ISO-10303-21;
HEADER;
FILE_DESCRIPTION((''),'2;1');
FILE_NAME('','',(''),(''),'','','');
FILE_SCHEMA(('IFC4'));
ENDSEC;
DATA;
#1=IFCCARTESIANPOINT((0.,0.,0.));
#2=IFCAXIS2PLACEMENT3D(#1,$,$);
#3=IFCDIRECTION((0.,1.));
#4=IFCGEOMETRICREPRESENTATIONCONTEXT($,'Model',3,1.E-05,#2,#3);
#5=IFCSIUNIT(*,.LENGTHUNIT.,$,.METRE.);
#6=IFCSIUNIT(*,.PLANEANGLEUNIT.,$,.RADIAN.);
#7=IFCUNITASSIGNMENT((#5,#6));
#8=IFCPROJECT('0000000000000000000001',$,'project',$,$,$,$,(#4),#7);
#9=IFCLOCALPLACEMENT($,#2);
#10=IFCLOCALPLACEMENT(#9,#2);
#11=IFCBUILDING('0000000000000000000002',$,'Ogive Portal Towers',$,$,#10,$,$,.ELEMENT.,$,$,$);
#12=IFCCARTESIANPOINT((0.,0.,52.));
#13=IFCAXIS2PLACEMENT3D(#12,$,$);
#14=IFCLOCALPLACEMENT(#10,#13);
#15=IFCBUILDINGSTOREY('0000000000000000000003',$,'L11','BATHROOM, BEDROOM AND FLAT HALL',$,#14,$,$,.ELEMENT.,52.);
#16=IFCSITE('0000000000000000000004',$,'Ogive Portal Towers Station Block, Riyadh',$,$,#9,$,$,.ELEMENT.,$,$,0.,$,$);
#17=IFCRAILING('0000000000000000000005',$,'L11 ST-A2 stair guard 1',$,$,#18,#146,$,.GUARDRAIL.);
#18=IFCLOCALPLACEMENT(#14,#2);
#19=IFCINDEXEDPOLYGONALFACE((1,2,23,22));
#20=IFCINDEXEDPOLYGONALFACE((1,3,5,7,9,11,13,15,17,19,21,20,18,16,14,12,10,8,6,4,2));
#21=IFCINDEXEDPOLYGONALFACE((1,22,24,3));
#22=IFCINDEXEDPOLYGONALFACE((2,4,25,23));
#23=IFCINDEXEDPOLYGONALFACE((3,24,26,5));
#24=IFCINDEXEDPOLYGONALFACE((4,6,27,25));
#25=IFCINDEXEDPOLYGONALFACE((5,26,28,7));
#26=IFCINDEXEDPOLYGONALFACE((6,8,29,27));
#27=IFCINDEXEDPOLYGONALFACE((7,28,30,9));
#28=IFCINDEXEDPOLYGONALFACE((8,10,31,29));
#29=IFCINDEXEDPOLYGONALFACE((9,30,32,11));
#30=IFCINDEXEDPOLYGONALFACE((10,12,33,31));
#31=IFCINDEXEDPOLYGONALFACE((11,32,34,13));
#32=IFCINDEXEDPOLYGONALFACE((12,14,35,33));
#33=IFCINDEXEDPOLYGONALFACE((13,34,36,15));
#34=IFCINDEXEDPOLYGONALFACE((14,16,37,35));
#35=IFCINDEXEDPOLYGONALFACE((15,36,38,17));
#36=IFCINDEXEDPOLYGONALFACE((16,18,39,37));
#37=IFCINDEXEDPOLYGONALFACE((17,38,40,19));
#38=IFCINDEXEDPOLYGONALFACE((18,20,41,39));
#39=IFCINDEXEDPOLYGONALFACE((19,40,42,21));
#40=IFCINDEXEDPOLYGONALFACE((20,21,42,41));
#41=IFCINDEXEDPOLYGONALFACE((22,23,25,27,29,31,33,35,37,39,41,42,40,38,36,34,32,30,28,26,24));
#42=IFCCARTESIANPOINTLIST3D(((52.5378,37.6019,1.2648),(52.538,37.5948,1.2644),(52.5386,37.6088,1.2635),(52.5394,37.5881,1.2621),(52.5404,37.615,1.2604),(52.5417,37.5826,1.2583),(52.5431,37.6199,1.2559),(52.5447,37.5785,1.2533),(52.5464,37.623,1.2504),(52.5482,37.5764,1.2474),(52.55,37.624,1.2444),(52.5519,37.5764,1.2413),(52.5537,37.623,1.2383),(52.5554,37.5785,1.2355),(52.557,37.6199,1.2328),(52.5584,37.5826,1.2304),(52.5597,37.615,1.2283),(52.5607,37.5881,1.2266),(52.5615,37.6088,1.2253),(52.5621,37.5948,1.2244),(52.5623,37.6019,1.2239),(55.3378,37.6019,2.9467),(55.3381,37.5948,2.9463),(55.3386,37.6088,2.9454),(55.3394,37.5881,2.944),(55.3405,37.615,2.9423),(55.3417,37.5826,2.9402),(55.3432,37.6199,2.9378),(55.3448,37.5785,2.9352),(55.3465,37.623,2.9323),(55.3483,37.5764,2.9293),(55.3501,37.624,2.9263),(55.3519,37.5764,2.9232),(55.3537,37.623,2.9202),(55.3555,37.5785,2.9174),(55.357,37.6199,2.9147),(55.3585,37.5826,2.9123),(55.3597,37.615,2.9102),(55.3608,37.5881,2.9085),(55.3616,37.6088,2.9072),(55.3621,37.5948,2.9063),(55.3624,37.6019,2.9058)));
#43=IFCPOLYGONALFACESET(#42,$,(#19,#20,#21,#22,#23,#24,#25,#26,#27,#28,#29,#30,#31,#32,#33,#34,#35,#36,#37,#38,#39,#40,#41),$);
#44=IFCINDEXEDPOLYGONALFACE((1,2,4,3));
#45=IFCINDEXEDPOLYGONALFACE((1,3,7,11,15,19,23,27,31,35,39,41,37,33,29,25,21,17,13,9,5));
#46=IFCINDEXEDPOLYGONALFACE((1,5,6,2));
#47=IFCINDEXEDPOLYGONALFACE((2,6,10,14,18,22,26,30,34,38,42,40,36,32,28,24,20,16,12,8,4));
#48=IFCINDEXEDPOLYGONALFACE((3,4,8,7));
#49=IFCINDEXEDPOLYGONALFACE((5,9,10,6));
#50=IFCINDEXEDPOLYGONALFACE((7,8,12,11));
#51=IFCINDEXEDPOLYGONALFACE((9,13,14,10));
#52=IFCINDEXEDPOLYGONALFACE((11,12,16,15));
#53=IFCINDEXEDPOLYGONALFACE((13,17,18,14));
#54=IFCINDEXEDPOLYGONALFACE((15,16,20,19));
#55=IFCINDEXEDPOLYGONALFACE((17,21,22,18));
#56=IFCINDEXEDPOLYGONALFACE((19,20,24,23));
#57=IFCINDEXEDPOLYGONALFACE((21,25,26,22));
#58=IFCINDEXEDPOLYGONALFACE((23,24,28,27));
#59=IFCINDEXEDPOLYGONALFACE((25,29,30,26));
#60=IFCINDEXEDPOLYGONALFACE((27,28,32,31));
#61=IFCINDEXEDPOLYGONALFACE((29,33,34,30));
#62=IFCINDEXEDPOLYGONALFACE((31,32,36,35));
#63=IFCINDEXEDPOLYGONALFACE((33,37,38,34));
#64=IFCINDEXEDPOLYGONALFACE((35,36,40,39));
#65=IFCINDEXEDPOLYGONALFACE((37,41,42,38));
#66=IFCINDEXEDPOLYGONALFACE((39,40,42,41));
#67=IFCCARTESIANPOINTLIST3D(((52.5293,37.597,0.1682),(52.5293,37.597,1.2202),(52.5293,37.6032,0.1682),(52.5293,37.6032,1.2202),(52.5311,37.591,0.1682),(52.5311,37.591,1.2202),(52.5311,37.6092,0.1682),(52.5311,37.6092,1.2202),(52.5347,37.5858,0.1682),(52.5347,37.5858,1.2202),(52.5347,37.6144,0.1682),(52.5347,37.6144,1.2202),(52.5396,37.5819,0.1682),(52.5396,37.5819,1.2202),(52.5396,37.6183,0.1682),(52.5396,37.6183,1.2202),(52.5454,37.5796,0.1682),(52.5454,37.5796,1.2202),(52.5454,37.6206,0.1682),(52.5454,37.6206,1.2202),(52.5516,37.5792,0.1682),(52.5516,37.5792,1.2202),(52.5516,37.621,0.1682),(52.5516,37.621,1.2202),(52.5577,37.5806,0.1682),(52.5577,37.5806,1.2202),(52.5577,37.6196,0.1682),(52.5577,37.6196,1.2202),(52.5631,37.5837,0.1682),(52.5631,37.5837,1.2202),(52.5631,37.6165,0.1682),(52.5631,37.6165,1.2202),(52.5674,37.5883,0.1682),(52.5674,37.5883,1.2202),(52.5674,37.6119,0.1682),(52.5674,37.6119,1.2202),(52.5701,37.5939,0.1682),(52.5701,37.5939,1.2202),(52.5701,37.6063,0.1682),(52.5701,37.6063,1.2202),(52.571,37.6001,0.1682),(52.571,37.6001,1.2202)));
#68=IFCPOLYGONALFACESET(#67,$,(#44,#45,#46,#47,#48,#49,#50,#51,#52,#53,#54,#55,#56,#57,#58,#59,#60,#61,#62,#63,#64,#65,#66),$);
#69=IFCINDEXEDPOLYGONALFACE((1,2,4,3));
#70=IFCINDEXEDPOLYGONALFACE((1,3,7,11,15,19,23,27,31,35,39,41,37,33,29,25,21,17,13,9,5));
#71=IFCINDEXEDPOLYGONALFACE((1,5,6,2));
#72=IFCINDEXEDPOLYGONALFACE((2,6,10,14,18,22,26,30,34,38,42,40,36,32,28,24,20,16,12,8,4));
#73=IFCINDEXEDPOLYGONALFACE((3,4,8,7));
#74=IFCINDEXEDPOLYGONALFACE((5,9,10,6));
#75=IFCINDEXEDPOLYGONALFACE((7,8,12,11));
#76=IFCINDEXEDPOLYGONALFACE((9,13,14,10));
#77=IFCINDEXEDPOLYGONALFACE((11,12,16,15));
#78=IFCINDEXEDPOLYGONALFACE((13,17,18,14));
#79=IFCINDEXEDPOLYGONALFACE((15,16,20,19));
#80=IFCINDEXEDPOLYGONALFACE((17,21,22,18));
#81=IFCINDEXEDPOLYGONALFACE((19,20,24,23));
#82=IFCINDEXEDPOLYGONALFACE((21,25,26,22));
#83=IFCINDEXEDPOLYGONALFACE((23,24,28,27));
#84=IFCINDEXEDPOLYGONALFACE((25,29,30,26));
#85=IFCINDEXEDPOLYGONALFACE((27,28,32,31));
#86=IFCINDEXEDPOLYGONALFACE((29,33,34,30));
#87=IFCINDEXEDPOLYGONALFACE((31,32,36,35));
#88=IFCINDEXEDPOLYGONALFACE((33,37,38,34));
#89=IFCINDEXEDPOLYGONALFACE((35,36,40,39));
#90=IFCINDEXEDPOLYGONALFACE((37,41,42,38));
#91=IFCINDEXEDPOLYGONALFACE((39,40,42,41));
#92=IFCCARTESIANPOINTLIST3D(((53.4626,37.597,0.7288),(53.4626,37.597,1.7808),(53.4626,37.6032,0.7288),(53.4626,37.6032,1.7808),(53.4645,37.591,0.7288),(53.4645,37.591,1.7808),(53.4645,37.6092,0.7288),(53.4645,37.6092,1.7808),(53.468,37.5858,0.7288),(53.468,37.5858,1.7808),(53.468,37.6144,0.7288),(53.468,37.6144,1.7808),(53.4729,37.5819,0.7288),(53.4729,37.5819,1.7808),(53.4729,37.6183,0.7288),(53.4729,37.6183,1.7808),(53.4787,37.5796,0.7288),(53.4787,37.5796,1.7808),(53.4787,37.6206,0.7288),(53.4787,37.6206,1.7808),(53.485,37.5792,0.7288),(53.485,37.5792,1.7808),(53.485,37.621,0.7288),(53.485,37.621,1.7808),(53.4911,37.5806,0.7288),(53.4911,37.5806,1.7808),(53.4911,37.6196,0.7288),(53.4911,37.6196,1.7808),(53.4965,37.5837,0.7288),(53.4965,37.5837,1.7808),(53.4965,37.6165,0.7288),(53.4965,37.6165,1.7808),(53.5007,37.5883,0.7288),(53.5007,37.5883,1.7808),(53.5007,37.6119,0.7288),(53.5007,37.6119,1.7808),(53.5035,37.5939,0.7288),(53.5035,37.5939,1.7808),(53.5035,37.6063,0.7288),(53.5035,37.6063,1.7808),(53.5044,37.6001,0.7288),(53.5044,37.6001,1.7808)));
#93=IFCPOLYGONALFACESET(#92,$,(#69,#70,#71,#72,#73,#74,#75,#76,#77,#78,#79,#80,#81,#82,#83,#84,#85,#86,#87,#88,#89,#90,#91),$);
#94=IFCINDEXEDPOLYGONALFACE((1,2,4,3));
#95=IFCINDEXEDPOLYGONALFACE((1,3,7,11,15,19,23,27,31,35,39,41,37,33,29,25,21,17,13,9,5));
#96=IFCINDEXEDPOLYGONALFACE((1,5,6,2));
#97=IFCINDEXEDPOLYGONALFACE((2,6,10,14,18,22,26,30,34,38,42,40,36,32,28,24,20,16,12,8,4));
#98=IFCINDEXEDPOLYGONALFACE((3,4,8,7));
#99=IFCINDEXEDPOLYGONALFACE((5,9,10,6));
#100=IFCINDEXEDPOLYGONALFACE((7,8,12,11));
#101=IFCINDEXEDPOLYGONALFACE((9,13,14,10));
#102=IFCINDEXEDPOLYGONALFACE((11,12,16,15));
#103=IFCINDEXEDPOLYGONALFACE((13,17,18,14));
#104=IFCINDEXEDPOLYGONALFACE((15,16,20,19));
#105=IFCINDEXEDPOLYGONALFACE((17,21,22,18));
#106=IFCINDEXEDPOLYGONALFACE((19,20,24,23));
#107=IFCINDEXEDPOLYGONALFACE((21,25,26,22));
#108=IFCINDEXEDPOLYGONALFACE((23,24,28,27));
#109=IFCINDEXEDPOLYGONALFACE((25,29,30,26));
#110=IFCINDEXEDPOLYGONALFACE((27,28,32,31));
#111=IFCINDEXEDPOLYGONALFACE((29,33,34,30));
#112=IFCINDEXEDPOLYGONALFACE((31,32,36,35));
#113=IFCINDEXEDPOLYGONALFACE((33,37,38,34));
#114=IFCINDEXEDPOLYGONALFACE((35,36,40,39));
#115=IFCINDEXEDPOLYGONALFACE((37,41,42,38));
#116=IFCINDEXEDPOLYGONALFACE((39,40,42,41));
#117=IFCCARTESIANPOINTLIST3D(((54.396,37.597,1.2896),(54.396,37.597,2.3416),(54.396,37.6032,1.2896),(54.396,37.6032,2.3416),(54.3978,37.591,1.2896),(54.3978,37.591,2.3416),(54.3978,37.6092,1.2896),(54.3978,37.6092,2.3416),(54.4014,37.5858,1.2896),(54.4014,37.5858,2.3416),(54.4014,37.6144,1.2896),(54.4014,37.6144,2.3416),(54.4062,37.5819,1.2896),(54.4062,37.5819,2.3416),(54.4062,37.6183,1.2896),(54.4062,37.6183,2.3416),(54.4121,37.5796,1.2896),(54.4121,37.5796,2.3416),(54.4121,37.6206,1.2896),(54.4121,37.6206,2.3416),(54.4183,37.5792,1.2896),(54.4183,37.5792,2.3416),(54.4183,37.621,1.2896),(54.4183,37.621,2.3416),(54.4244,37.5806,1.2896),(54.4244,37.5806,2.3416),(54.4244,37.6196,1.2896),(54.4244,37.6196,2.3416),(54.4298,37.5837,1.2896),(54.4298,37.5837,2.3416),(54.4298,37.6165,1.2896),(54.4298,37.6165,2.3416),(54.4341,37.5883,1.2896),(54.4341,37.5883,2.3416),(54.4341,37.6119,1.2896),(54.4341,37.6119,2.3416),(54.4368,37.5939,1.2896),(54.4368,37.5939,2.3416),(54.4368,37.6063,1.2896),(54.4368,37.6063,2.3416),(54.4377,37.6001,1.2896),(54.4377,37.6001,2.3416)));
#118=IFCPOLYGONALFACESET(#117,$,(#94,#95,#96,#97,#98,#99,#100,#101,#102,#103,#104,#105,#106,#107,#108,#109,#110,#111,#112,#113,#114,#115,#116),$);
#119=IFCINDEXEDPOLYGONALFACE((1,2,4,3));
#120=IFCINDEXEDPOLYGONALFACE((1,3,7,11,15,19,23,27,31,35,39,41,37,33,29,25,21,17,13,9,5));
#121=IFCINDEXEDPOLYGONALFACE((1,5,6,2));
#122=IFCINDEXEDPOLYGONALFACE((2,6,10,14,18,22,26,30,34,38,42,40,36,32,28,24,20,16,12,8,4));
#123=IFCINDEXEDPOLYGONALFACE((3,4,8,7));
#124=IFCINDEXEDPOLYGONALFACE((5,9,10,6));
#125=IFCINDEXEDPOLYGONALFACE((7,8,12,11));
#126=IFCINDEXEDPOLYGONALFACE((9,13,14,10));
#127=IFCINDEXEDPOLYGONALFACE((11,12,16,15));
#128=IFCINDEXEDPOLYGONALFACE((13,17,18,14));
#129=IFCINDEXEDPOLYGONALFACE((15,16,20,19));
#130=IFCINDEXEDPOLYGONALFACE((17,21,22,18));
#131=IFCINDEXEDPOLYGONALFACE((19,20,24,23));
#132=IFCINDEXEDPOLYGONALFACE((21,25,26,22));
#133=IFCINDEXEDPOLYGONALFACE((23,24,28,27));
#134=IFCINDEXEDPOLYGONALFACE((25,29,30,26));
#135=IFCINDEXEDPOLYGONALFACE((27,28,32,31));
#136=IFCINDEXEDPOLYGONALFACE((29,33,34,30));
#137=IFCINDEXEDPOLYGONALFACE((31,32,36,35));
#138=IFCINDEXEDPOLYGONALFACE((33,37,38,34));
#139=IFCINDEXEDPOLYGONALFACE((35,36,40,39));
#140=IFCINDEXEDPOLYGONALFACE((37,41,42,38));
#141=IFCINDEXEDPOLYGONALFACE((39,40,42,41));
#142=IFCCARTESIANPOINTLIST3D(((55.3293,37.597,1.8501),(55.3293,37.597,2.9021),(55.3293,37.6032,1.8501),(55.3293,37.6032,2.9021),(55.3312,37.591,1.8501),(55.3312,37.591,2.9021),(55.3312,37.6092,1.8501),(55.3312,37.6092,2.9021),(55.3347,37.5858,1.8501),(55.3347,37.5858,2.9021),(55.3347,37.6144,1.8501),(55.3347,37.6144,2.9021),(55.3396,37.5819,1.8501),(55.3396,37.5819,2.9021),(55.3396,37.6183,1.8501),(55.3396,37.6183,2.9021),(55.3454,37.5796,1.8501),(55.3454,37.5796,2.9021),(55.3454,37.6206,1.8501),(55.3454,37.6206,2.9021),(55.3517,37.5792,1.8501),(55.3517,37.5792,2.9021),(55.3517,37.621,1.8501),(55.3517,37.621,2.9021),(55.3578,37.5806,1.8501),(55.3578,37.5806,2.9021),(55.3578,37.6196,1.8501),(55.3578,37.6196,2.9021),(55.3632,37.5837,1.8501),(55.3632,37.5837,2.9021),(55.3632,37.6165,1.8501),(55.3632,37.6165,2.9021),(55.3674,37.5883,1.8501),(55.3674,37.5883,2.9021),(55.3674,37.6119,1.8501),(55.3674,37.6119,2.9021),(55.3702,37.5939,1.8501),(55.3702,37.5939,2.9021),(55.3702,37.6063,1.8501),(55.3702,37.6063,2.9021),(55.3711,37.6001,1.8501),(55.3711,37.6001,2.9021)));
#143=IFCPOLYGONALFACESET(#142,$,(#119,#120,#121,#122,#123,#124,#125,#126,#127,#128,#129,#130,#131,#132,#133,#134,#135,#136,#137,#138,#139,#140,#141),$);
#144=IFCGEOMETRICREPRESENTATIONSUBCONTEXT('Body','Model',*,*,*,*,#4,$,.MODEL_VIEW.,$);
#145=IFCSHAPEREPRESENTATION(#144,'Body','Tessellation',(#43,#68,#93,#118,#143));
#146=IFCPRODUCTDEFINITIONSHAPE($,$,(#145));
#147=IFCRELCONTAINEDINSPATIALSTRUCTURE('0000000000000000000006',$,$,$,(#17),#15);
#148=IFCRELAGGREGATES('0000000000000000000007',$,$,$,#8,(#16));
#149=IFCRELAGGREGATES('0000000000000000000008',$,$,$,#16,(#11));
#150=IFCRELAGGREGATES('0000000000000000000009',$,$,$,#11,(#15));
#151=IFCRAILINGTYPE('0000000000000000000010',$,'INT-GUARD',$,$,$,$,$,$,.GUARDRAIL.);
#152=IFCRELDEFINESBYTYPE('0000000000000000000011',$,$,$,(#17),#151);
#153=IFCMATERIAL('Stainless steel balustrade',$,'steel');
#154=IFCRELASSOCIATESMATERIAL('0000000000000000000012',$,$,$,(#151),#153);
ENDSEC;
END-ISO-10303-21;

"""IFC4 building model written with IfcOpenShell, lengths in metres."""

from ifc_helpers import new_model, si_unit, direction, frame, origin, origin_2d, place, context, subcontext, project, spatial, circle, extrude, material, type_object, element, save


model = new_model("IFC4")

# Units and contexts
model_context = context("Model", 3, precision=1e-05, world=origin(), true_north=direction((0.0, 1.0)))
body_context = subcontext(model_context, "Body", "Model", "MODEL_VIEW")
ifc_project = project(units=[si_unit("LENGTHUNIT", "METRE"), si_unit("PLANEANGLEUNIT", "RADIAN")], contexts=[model_context])

# Site, building, storey
site_placement = place(None, origin())
site = spatial("IfcSite", under=ifc_project, at=site_placement, Name="Ogive Portal Towers Station Block, Riyadh", CompositionType="ELEMENT", RefElevation=0.0)
building_placement = place(site_placement, origin())
building = spatial("IfcBuilding", under=site, at=building_placement, Name="Ogive Portal Towers", CompositionType="ELEMENT")
storey_placement = place(building_placement, frame((0.0, 0.0, 52.0)))
storey = spatial("IfcBuildingStorey", under=building, at=storey_placement, Name="L11", Description="BATHROOM, BEDROOM AND FLAT HALL", CompositionType="ELEMENT", Elevation=52.0)

# Railing
ifc_material_1 = material(Name="Stainless steel balustrade", Category="steel")
railing_type_1 = type_object("IfcRailingType", Name="INT-GUARD", PredefinedType="GUARDRAIL", material=ifc_material_1)
railing_1_placement = place(storey_placement, frame((52.55, 37.6001, 0.1682)))
element("IfcRailing", 1, at=railing_1_placement, inside=storey, type_object=railing_type_1, Name="L11 ST-A2 stair guard 1", PredefinedType="GUARDRAIL", context=body_context, shape_type="SweptSolid", body=[
    extrude(circle(Radius=0.0239, at=origin_2d()), frame((0.0, 0.0, 1.0762), z_axis=(0.857242, 0.0, 0.514913), x_axis=(0.0, 1.0, 0.0)), (0.0, 0.0, 1.0), 3.2664),
    extrude(circle(Radius=0.021, at=origin_2d()), origin(), (0.0, 0.0, 1.0), 1.052),
    extrude(circle(Radius=0.021, at=origin_2d()), frame((0.9333, 0.0, 0.5605)), (0.0, 0.0, 1.0), 1.052),
    extrude(circle(Radius=0.021, at=origin_2d()), frame((1.8667, 0.0, 1.1213)), (0.0, 0.0, 1.0), 1.052),
    extrude(circle(Radius=0.021, at=origin_2d()), frame((2.8, 0.0, 1.6819)), (0.0, 0.0, 1.0), 1.052),
])

save(model, "model.ifc")
